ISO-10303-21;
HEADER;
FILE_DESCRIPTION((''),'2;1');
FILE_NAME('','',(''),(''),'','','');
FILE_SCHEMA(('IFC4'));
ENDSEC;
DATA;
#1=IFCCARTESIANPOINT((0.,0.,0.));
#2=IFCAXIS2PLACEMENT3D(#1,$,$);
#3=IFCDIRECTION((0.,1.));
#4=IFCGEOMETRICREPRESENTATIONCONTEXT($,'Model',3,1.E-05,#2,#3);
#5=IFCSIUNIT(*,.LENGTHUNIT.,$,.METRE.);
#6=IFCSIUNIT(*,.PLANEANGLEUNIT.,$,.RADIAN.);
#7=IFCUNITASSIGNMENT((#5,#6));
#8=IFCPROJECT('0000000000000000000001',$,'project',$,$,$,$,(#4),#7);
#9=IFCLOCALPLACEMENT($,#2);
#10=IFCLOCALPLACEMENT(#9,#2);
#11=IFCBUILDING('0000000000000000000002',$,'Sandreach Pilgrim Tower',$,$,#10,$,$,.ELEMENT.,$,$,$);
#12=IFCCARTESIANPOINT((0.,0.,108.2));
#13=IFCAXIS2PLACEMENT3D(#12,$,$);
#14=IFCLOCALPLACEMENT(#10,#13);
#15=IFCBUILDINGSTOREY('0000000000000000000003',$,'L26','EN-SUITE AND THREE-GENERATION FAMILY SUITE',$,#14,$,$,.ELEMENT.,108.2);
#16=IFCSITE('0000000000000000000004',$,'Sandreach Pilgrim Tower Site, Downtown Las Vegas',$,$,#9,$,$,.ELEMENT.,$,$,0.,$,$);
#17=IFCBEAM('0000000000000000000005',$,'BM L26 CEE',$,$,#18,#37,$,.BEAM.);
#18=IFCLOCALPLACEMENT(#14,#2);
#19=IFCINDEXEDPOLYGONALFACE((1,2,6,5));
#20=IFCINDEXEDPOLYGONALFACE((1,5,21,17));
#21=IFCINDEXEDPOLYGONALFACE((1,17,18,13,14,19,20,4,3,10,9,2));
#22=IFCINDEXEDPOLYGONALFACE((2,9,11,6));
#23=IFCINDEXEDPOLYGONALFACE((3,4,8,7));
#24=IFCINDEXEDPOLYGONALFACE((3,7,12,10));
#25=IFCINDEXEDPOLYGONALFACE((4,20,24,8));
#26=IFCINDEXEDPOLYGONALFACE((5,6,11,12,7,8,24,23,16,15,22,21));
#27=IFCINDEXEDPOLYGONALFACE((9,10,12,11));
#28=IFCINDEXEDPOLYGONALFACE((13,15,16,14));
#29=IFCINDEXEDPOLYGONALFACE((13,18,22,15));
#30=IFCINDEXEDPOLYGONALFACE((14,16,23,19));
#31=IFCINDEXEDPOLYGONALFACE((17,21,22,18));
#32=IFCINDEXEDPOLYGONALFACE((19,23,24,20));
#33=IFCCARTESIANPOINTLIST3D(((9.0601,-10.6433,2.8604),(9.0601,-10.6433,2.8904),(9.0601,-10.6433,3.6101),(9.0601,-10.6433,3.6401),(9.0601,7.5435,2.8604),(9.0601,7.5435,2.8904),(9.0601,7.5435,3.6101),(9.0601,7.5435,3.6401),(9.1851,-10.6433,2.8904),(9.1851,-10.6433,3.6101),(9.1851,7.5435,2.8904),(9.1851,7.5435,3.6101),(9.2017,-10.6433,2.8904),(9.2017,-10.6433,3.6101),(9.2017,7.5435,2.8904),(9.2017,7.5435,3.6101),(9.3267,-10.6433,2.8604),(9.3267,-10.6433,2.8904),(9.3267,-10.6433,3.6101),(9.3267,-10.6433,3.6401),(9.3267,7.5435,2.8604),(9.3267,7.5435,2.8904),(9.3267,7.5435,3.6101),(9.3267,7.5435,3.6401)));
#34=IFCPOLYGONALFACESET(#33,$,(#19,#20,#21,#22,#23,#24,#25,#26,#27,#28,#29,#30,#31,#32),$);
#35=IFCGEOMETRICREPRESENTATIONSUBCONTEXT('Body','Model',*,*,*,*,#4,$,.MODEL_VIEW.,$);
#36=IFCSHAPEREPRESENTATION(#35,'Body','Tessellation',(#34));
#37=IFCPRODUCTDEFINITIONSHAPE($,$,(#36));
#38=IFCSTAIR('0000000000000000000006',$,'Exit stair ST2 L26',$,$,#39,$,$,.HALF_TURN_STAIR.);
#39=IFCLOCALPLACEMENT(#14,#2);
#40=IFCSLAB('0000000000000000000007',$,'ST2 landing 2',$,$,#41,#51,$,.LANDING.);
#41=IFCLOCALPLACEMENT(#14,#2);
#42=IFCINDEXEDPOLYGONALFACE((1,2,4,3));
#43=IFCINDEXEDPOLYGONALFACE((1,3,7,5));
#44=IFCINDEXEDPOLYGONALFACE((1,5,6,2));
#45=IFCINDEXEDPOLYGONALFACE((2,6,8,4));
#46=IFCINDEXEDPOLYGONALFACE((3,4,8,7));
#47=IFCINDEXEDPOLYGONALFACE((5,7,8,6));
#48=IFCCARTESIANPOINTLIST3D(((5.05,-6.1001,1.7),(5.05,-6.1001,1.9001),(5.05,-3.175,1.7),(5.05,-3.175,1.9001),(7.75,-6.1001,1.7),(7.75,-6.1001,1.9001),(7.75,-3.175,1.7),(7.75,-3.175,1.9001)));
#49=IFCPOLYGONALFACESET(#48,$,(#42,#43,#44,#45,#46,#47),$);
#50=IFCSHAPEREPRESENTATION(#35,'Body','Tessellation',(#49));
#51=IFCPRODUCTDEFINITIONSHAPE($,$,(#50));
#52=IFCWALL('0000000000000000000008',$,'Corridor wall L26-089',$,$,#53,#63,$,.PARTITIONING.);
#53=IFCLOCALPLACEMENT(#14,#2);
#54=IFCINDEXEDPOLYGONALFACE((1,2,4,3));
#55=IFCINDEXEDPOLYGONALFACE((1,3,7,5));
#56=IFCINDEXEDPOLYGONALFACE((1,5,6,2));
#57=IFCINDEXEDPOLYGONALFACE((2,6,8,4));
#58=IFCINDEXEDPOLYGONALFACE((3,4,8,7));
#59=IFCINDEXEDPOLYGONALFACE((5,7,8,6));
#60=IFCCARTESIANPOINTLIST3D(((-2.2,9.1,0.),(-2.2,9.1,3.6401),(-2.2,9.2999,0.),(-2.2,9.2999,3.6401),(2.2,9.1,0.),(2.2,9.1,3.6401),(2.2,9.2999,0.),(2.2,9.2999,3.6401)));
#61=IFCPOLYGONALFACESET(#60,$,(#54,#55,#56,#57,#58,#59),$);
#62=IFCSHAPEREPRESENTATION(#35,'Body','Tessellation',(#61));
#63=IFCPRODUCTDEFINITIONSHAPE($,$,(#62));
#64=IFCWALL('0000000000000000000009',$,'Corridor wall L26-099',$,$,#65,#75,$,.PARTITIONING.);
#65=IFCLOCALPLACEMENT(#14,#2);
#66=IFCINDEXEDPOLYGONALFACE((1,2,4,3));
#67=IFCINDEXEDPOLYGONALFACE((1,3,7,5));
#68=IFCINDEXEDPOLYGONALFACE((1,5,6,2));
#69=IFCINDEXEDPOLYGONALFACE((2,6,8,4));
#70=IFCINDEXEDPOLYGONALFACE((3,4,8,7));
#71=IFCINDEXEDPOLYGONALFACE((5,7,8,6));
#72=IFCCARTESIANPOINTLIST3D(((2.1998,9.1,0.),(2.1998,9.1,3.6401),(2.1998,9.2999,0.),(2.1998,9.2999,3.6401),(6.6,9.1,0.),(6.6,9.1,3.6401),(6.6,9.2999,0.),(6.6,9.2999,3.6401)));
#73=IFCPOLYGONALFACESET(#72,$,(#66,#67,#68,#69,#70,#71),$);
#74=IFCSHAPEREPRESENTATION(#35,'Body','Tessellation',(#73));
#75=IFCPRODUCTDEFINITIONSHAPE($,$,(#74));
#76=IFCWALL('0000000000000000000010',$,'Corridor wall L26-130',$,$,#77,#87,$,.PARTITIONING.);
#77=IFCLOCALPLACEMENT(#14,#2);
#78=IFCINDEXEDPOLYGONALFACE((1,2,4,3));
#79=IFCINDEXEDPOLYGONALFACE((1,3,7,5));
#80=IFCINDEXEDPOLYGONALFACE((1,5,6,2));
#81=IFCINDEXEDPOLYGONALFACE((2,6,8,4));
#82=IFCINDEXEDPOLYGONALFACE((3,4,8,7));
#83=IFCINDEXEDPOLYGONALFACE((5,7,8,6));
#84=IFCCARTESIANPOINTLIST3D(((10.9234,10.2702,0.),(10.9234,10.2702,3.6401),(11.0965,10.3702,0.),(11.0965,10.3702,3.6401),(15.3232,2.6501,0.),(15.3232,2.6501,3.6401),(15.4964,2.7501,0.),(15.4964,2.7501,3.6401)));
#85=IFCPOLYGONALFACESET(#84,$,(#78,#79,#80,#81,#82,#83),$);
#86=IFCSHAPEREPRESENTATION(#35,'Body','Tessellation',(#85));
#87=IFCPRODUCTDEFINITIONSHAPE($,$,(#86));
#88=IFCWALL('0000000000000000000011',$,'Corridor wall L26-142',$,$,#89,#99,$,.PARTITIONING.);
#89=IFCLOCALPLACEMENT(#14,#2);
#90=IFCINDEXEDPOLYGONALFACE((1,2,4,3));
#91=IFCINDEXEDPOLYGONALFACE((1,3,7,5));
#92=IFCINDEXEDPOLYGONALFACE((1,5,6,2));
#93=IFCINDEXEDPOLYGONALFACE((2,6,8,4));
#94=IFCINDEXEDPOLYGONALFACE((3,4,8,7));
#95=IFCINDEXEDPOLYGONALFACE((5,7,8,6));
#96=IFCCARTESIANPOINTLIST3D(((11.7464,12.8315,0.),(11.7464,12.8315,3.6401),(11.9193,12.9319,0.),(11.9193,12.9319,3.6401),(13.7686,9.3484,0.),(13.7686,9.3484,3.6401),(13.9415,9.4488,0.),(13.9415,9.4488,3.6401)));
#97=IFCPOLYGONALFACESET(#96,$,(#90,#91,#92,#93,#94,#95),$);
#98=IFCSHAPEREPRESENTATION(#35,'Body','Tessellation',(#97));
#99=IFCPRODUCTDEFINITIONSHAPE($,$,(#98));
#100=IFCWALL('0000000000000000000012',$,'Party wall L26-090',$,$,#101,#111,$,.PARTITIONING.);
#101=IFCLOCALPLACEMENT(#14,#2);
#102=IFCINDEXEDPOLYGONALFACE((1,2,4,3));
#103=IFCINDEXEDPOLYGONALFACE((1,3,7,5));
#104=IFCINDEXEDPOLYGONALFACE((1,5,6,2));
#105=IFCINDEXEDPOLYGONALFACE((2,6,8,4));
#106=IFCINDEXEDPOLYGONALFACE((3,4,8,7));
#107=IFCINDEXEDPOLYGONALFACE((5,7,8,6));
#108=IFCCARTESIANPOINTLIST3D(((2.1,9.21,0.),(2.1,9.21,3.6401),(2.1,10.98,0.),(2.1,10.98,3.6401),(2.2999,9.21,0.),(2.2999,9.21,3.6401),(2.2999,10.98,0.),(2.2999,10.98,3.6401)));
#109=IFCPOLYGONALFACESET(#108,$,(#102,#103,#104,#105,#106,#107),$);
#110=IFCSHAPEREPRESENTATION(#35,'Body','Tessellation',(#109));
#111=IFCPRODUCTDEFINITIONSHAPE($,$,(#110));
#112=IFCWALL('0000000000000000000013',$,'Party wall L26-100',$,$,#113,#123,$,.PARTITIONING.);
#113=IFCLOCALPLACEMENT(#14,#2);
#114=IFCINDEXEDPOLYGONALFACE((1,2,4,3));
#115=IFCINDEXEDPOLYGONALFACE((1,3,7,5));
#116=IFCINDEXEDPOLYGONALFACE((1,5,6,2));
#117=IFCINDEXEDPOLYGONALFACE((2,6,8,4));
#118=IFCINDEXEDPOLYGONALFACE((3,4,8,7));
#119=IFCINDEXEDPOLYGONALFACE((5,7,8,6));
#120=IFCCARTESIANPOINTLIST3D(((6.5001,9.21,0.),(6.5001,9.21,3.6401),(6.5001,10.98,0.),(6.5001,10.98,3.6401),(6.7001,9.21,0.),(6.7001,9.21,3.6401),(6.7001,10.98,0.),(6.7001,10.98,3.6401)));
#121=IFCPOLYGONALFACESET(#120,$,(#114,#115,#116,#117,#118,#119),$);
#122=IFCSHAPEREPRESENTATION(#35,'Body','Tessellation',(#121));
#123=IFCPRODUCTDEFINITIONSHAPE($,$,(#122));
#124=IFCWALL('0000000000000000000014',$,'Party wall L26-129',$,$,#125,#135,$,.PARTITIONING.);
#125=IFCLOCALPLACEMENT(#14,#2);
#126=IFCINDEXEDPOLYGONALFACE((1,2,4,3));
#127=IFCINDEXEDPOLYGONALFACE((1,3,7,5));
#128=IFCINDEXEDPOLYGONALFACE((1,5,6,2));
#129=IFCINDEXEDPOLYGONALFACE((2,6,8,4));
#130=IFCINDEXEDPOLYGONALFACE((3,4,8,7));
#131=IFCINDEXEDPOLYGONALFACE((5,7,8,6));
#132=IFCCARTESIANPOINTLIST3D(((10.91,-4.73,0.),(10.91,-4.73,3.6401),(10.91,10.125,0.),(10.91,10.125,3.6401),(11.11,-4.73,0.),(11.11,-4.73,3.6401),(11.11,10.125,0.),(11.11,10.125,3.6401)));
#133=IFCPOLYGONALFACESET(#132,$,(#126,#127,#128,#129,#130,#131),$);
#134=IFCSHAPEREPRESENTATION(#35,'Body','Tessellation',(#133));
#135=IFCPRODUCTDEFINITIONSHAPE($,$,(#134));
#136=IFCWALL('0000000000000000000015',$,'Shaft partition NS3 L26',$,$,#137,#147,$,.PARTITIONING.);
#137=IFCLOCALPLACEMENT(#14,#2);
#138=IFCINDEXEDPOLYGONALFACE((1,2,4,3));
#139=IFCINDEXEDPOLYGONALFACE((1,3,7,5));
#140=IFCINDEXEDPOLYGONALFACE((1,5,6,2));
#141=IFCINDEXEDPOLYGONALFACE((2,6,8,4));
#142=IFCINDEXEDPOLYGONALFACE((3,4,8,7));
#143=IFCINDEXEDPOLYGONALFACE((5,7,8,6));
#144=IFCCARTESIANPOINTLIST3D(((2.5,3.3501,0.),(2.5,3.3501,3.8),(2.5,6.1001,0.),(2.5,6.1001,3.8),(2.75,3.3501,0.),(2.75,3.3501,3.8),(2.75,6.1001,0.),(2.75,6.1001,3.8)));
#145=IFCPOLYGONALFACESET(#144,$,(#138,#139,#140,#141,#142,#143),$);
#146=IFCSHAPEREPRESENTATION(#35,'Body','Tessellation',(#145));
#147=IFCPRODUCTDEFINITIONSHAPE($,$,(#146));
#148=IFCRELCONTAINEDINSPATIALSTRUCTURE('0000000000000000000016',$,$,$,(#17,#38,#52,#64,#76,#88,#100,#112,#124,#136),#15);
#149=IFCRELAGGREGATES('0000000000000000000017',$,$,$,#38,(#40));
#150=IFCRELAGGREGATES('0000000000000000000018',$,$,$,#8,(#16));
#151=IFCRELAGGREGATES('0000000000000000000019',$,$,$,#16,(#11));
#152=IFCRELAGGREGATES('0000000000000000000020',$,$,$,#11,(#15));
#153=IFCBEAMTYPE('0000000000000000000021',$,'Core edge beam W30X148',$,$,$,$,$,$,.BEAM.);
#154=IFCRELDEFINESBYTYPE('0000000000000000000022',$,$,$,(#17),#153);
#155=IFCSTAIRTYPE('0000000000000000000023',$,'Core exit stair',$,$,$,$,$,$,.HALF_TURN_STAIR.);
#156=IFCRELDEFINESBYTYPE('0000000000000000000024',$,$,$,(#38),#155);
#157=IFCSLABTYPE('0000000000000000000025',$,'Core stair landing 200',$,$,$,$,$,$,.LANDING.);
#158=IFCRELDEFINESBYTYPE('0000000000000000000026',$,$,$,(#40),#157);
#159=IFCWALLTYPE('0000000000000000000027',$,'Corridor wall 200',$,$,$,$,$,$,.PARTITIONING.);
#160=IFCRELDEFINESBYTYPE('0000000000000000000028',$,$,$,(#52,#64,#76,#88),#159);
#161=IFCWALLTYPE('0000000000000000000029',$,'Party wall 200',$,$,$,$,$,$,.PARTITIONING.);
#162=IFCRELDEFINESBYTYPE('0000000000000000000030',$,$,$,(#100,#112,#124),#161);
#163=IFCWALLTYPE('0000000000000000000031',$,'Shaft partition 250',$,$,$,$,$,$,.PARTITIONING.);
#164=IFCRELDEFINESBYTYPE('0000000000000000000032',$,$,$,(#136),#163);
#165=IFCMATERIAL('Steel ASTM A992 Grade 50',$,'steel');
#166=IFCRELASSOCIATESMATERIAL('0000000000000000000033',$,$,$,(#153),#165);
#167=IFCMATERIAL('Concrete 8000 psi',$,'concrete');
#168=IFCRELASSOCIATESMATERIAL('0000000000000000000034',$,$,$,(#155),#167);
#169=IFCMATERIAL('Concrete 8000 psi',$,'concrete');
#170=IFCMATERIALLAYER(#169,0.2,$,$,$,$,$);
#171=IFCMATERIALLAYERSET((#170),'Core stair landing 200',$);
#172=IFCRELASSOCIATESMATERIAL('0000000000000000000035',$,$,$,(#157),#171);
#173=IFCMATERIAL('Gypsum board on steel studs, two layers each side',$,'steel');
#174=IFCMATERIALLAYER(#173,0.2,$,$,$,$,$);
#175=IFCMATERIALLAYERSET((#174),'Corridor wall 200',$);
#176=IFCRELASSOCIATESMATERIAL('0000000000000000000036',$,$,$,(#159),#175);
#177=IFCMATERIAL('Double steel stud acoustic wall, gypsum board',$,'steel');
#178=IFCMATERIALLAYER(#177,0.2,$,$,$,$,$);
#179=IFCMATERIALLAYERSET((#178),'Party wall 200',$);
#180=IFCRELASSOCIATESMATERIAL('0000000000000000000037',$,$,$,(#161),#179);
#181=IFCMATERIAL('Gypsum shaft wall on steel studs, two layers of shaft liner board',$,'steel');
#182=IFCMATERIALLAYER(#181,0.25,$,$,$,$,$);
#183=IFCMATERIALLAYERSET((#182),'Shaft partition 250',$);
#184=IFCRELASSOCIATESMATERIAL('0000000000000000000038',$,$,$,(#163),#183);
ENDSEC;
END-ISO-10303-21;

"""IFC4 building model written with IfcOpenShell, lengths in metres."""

from ifc_helpers import new_model, si_unit, direction, frame, frame_2d, origin, origin_2d, place, context, subcontext, project, spatial, polyline, rectangle, i_section, outline, extrude, material, layer, layer_set, material_profile, profile_set, type_object, element, aggregate, save


model = new_model("IFC4")

# Units and contexts
model_context = context("Model", 3, precision=1e-05, world=origin(), true_north=direction((0.0, 1.0)))
body_context = subcontext(model_context, "Body", "Model", "MODEL_VIEW")
ifc_project = project(units=[si_unit("LENGTHUNIT", "METRE"), si_unit("PLANEANGLEUNIT", "RADIAN")], contexts=[model_context])

# Site, building, storey
site_placement = place(None, origin())
site = spatial("IfcSite", under=ifc_project, at=site_placement, Name="Sandreach Pilgrim Tower Site, Downtown Las Vegas", CompositionType="ELEMENT", RefElevation=0.0)
building_placement = place(site_placement, origin())
building = spatial("IfcBuilding", under=site, at=building_placement, Name="Sandreach Pilgrim Tower", CompositionType="ELEMENT")
storey_placement = place(building_placement, frame((0.0, 0.0, 108.2)))
storey = spatial("IfcBuildingStorey", under=building, at=storey_placement, Name="L26", Description="EN-SUITE AND THREE-GENERATION FAMILY SUITE", CompositionType="ELEMENT", Elevation=108.2)

# Beam
ifc_material_1 = material(Name="Steel ASTM A992 Grade 50", Category="steel")
ifc_material_profile = material_profile(ifc_material_1, i_section(OverallWidth=0.2666, OverallDepth=0.7798, WebThickness=0.0166, FlangeThickness=0.03, at=origin_2d()), Name="W30X148")
ifc_profile_set = profile_set([ifc_material_profile], Name="Steel ASTM A992 Grade 50")
beam_type = type_object("IfcBeamType", Name="Core edge beam W30X148", PredefinedType="BEAM", material=ifc_profile_set)
beam_placement = place(storey_placement, frame((9.1934, 7.5435, 3.2502), z_axis=(0.0, -1.0, 0.0), x_axis=(1.0, 0.0, 0.0)))
element("IfcBeam", 1, at=beam_placement, inside=storey, type_object=beam_type, Name="BM L26 CEE", PredefinedType="BEAM", context=body_context, shape_type="SweptSolid", body=[
    extrude(i_section(OverallWidth=0.2666, OverallDepth=0.7798, WebThickness=0.0166, FlangeThickness=0.03, at=origin_2d()), origin(), (0.0, 0.0, 1.0), 18.1868),
])

# Stair, slab
ifc_material_2 = material(Name="Concrete 8000 psi", Category="concrete")
stair_type = type_object("IfcStairType", Name="Core exit stair", PredefinedType="HALF_TURN_STAIR", material=ifc_material_2)
stair_placement = place(storey_placement, origin())
stair = element("IfcStair", 2, at=stair_placement, inside=storey, type_object=stair_type, Name="Exit stair ST2 L26", PredefinedType="HALF_TURN_STAIR")
ifc_material_3 = material(Name="Concrete 8000 psi", Category="concrete")
ifc_layer_1 = layer(ifc_material_3, 0.2)
ifc_layer_set_1 = layer_set([ifc_layer_1], Name="Core stair landing 200")
slab_type = type_object("IfcSlabType", Name="Core stair landing 200", PredefinedType="LANDING", material=ifc_layer_set_1)
slab_placement = place(storey_placement, frame((0.0, 0.0, 1.7)))
slab = element("IfcSlab", 3, at=slab_placement, type_object=slab_type, Name="ST2 landing 2", PredefinedType="LANDING", context=body_context, shape_type="SweptSolid", body=[
    extrude(outline(polyline([(5.05, -6.1001), (7.75, -6.1001), (7.75, -3.175), (5.05, -3.175), (5.05, -6.1001)])), origin(), (0.0, 0.0, 1.0), 0.2002),
])
aggregate(stair, [slab])

# Wall
ifc_material_4 = material(Name="Gypsum board on steel studs, two layers each side", Category="steel")
ifc_layer_2 = layer(ifc_material_4, 0.2)
ifc_layer_set_2 = layer_set([ifc_layer_2], Name="Corridor wall 200")
wall_type_1 = type_object("IfcWallType", Name="Corridor wall 200", PredefinedType="PARTITIONING", material=ifc_layer_set_2)
wall_1_placement = place(storey_placement, frame((2.2, 9.2, 0.0), z_axis=(0.0, 0.0, 1.0), x_axis=(-1.0, 0.0, 0.0)))
element("IfcWall", 4, at=wall_1_placement, inside=storey, type_object=wall_type_1, Name="Corridor wall L26-089", PredefinedType="PARTITIONING", context=body_context, shape_type="SweptSolid", body=[
    extrude(rectangle(XDim=4.3999, YDim=0.2, at=frame_2d((2.2, 0.0))), origin(), (0.0, 0.0, 1.0), 3.6401),
])

# Wall
wall_2_placement = place(storey_placement, frame((6.6001, 9.2, 0.0), z_axis=(0.0, 0.0, 1.0), x_axis=(-1.0, 0.0, 0.0)))
element("IfcWall", 5, at=wall_2_placement, inside=storey, type_object=wall_type_1, Name="Corridor wall L26-099", PredefinedType="PARTITIONING", context=body_context, shape_type="SweptSolid", body=[
    extrude(rectangle(XDim=4.4001, YDim=0.2, at=frame_2d((2.2002, 0.0))), origin(), (0.0, 0.0, 1.0), 3.6401),
])

# Walls
wall_3_placement = place(storey_placement, frame((11.01, 10.3201, 0.0), z_axis=(0.0, 0.0, 1.0), x_axis=(0.500036, -0.866004, 0.0)))
element("IfcWall", 6, at=wall_3_placement, inside=storey, type_object=wall_type_1, Name="Corridor wall L26-130", PredefinedType="PARTITIONING", context=body_context, shape_type="SweptSolid", body=[
    extrude(rectangle(XDim=8.7991, YDim=0.2, at=frame_2d((4.3994, 0.0))), origin(), (0.0, 0.0, 1.0), 3.6401),
])
wall_4_placement = place(storey_placement, frame((13.855, 9.3987, 0.0), z_axis=(0.0, 0.0, 1.0), x_axis=(-0.502087, 0.864817, 0.0)))
element("IfcWall", 7, at=wall_4_placement, inside=storey, type_object=wall_type_1, Name="Corridor wall L26-142", PredefinedType="PARTITIONING", context=body_context, shape_type="SweptSolid", body=[
    extrude(rectangle(XDim=4.0276, YDim=0.2, at=frame_2d((2.0137, 0.0))), origin(), (0.0, 0.0, 1.0), 3.6401),
])

# Walls
ifc_material_5 = material(Name="Double steel stud acoustic wall, gypsum board", Category="steel")
ifc_layer_3 = layer(ifc_material_5, 0.2)
ifc_layer_set_3 = layer_set([ifc_layer_3], Name="Party wall 200")
wall_type_2 = type_object("IfcWallType", Name="Party wall 200", PredefinedType="PARTITIONING", material=ifc_layer_set_3)
for number, where, z_axis, x_axis, name in (
    (8, (2.2, 10.98, 0.0), (0.0, 0.0, 1.0), (0.0, -1.0, 0.0), "Party wall L26-090"),
    (9, (6.6001, 10.98, 0.0), (0.0, 0.0, 1.0), (0.0, -1.0, 0.0), "Party wall L26-100"),
):
    element("IfcWall", number, at=place(storey_placement, frame(where, z_axis=z_axis, x_axis=x_axis)), inside=storey, type_object=wall_type_2, Name=name, PredefinedType="PARTITIONING", context=body_context, shape_type="SweptSolid", body=[
        extrude(rectangle(XDim=1.77, YDim=0.2, at=frame_2d((0.885, 0.0))), origin(), (0.0, 0.0, 1.0), 3.6401),
    ])
wall_5_placement = place(storey_placement, frame((11.01, 10.125, 0.0), z_axis=(0.0, 0.0, 1.0), x_axis=(0.0, -1.0, 0.0)))
element("IfcWall", 10, at=wall_5_placement, inside=storey, type_object=wall_type_2, Name="Party wall L26-129", PredefinedType="PARTITIONING", context=body_context, shape_type="SweptSolid", body=[
    extrude(rectangle(XDim=14.855, YDim=0.2, at=frame_2d((7.4275, 0.0))), origin(), (0.0, 0.0, 1.0), 3.6401),
])
ifc_material_6 = material(Name="Gypsum shaft wall on steel studs, two layers of shaft liner board", Category="steel")
ifc_layer_4 = layer(ifc_material_6, 0.25)
ifc_layer_set_4 = layer_set([ifc_layer_4], Name="Shaft partition 250")
wall_type_3 = type_object("IfcWallType", Name="Shaft partition 250", PredefinedType="PARTITIONING", material=ifc_layer_set_4)
wall_6_placement = place(storey_placement, frame((2.625, 3.3501, 0.0), z_axis=(0.0, 0.0, 1.0), x_axis=(0.0, 1.0, 0.0)))
element("IfcWall", 11, at=wall_6_placement, inside=storey, type_object=wall_type_3, Name="Shaft partition NS3 L26", PredefinedType="PARTITIONING", context=body_context, shape_type="SweptSolid", body=[
    extrude(rectangle(XDim=2.75, YDim=0.25, at=frame_2d((1.375, 0.0))), origin(), (0.0, 0.0, 1.0), 3.8),
])

save(model, "model.ifc")
